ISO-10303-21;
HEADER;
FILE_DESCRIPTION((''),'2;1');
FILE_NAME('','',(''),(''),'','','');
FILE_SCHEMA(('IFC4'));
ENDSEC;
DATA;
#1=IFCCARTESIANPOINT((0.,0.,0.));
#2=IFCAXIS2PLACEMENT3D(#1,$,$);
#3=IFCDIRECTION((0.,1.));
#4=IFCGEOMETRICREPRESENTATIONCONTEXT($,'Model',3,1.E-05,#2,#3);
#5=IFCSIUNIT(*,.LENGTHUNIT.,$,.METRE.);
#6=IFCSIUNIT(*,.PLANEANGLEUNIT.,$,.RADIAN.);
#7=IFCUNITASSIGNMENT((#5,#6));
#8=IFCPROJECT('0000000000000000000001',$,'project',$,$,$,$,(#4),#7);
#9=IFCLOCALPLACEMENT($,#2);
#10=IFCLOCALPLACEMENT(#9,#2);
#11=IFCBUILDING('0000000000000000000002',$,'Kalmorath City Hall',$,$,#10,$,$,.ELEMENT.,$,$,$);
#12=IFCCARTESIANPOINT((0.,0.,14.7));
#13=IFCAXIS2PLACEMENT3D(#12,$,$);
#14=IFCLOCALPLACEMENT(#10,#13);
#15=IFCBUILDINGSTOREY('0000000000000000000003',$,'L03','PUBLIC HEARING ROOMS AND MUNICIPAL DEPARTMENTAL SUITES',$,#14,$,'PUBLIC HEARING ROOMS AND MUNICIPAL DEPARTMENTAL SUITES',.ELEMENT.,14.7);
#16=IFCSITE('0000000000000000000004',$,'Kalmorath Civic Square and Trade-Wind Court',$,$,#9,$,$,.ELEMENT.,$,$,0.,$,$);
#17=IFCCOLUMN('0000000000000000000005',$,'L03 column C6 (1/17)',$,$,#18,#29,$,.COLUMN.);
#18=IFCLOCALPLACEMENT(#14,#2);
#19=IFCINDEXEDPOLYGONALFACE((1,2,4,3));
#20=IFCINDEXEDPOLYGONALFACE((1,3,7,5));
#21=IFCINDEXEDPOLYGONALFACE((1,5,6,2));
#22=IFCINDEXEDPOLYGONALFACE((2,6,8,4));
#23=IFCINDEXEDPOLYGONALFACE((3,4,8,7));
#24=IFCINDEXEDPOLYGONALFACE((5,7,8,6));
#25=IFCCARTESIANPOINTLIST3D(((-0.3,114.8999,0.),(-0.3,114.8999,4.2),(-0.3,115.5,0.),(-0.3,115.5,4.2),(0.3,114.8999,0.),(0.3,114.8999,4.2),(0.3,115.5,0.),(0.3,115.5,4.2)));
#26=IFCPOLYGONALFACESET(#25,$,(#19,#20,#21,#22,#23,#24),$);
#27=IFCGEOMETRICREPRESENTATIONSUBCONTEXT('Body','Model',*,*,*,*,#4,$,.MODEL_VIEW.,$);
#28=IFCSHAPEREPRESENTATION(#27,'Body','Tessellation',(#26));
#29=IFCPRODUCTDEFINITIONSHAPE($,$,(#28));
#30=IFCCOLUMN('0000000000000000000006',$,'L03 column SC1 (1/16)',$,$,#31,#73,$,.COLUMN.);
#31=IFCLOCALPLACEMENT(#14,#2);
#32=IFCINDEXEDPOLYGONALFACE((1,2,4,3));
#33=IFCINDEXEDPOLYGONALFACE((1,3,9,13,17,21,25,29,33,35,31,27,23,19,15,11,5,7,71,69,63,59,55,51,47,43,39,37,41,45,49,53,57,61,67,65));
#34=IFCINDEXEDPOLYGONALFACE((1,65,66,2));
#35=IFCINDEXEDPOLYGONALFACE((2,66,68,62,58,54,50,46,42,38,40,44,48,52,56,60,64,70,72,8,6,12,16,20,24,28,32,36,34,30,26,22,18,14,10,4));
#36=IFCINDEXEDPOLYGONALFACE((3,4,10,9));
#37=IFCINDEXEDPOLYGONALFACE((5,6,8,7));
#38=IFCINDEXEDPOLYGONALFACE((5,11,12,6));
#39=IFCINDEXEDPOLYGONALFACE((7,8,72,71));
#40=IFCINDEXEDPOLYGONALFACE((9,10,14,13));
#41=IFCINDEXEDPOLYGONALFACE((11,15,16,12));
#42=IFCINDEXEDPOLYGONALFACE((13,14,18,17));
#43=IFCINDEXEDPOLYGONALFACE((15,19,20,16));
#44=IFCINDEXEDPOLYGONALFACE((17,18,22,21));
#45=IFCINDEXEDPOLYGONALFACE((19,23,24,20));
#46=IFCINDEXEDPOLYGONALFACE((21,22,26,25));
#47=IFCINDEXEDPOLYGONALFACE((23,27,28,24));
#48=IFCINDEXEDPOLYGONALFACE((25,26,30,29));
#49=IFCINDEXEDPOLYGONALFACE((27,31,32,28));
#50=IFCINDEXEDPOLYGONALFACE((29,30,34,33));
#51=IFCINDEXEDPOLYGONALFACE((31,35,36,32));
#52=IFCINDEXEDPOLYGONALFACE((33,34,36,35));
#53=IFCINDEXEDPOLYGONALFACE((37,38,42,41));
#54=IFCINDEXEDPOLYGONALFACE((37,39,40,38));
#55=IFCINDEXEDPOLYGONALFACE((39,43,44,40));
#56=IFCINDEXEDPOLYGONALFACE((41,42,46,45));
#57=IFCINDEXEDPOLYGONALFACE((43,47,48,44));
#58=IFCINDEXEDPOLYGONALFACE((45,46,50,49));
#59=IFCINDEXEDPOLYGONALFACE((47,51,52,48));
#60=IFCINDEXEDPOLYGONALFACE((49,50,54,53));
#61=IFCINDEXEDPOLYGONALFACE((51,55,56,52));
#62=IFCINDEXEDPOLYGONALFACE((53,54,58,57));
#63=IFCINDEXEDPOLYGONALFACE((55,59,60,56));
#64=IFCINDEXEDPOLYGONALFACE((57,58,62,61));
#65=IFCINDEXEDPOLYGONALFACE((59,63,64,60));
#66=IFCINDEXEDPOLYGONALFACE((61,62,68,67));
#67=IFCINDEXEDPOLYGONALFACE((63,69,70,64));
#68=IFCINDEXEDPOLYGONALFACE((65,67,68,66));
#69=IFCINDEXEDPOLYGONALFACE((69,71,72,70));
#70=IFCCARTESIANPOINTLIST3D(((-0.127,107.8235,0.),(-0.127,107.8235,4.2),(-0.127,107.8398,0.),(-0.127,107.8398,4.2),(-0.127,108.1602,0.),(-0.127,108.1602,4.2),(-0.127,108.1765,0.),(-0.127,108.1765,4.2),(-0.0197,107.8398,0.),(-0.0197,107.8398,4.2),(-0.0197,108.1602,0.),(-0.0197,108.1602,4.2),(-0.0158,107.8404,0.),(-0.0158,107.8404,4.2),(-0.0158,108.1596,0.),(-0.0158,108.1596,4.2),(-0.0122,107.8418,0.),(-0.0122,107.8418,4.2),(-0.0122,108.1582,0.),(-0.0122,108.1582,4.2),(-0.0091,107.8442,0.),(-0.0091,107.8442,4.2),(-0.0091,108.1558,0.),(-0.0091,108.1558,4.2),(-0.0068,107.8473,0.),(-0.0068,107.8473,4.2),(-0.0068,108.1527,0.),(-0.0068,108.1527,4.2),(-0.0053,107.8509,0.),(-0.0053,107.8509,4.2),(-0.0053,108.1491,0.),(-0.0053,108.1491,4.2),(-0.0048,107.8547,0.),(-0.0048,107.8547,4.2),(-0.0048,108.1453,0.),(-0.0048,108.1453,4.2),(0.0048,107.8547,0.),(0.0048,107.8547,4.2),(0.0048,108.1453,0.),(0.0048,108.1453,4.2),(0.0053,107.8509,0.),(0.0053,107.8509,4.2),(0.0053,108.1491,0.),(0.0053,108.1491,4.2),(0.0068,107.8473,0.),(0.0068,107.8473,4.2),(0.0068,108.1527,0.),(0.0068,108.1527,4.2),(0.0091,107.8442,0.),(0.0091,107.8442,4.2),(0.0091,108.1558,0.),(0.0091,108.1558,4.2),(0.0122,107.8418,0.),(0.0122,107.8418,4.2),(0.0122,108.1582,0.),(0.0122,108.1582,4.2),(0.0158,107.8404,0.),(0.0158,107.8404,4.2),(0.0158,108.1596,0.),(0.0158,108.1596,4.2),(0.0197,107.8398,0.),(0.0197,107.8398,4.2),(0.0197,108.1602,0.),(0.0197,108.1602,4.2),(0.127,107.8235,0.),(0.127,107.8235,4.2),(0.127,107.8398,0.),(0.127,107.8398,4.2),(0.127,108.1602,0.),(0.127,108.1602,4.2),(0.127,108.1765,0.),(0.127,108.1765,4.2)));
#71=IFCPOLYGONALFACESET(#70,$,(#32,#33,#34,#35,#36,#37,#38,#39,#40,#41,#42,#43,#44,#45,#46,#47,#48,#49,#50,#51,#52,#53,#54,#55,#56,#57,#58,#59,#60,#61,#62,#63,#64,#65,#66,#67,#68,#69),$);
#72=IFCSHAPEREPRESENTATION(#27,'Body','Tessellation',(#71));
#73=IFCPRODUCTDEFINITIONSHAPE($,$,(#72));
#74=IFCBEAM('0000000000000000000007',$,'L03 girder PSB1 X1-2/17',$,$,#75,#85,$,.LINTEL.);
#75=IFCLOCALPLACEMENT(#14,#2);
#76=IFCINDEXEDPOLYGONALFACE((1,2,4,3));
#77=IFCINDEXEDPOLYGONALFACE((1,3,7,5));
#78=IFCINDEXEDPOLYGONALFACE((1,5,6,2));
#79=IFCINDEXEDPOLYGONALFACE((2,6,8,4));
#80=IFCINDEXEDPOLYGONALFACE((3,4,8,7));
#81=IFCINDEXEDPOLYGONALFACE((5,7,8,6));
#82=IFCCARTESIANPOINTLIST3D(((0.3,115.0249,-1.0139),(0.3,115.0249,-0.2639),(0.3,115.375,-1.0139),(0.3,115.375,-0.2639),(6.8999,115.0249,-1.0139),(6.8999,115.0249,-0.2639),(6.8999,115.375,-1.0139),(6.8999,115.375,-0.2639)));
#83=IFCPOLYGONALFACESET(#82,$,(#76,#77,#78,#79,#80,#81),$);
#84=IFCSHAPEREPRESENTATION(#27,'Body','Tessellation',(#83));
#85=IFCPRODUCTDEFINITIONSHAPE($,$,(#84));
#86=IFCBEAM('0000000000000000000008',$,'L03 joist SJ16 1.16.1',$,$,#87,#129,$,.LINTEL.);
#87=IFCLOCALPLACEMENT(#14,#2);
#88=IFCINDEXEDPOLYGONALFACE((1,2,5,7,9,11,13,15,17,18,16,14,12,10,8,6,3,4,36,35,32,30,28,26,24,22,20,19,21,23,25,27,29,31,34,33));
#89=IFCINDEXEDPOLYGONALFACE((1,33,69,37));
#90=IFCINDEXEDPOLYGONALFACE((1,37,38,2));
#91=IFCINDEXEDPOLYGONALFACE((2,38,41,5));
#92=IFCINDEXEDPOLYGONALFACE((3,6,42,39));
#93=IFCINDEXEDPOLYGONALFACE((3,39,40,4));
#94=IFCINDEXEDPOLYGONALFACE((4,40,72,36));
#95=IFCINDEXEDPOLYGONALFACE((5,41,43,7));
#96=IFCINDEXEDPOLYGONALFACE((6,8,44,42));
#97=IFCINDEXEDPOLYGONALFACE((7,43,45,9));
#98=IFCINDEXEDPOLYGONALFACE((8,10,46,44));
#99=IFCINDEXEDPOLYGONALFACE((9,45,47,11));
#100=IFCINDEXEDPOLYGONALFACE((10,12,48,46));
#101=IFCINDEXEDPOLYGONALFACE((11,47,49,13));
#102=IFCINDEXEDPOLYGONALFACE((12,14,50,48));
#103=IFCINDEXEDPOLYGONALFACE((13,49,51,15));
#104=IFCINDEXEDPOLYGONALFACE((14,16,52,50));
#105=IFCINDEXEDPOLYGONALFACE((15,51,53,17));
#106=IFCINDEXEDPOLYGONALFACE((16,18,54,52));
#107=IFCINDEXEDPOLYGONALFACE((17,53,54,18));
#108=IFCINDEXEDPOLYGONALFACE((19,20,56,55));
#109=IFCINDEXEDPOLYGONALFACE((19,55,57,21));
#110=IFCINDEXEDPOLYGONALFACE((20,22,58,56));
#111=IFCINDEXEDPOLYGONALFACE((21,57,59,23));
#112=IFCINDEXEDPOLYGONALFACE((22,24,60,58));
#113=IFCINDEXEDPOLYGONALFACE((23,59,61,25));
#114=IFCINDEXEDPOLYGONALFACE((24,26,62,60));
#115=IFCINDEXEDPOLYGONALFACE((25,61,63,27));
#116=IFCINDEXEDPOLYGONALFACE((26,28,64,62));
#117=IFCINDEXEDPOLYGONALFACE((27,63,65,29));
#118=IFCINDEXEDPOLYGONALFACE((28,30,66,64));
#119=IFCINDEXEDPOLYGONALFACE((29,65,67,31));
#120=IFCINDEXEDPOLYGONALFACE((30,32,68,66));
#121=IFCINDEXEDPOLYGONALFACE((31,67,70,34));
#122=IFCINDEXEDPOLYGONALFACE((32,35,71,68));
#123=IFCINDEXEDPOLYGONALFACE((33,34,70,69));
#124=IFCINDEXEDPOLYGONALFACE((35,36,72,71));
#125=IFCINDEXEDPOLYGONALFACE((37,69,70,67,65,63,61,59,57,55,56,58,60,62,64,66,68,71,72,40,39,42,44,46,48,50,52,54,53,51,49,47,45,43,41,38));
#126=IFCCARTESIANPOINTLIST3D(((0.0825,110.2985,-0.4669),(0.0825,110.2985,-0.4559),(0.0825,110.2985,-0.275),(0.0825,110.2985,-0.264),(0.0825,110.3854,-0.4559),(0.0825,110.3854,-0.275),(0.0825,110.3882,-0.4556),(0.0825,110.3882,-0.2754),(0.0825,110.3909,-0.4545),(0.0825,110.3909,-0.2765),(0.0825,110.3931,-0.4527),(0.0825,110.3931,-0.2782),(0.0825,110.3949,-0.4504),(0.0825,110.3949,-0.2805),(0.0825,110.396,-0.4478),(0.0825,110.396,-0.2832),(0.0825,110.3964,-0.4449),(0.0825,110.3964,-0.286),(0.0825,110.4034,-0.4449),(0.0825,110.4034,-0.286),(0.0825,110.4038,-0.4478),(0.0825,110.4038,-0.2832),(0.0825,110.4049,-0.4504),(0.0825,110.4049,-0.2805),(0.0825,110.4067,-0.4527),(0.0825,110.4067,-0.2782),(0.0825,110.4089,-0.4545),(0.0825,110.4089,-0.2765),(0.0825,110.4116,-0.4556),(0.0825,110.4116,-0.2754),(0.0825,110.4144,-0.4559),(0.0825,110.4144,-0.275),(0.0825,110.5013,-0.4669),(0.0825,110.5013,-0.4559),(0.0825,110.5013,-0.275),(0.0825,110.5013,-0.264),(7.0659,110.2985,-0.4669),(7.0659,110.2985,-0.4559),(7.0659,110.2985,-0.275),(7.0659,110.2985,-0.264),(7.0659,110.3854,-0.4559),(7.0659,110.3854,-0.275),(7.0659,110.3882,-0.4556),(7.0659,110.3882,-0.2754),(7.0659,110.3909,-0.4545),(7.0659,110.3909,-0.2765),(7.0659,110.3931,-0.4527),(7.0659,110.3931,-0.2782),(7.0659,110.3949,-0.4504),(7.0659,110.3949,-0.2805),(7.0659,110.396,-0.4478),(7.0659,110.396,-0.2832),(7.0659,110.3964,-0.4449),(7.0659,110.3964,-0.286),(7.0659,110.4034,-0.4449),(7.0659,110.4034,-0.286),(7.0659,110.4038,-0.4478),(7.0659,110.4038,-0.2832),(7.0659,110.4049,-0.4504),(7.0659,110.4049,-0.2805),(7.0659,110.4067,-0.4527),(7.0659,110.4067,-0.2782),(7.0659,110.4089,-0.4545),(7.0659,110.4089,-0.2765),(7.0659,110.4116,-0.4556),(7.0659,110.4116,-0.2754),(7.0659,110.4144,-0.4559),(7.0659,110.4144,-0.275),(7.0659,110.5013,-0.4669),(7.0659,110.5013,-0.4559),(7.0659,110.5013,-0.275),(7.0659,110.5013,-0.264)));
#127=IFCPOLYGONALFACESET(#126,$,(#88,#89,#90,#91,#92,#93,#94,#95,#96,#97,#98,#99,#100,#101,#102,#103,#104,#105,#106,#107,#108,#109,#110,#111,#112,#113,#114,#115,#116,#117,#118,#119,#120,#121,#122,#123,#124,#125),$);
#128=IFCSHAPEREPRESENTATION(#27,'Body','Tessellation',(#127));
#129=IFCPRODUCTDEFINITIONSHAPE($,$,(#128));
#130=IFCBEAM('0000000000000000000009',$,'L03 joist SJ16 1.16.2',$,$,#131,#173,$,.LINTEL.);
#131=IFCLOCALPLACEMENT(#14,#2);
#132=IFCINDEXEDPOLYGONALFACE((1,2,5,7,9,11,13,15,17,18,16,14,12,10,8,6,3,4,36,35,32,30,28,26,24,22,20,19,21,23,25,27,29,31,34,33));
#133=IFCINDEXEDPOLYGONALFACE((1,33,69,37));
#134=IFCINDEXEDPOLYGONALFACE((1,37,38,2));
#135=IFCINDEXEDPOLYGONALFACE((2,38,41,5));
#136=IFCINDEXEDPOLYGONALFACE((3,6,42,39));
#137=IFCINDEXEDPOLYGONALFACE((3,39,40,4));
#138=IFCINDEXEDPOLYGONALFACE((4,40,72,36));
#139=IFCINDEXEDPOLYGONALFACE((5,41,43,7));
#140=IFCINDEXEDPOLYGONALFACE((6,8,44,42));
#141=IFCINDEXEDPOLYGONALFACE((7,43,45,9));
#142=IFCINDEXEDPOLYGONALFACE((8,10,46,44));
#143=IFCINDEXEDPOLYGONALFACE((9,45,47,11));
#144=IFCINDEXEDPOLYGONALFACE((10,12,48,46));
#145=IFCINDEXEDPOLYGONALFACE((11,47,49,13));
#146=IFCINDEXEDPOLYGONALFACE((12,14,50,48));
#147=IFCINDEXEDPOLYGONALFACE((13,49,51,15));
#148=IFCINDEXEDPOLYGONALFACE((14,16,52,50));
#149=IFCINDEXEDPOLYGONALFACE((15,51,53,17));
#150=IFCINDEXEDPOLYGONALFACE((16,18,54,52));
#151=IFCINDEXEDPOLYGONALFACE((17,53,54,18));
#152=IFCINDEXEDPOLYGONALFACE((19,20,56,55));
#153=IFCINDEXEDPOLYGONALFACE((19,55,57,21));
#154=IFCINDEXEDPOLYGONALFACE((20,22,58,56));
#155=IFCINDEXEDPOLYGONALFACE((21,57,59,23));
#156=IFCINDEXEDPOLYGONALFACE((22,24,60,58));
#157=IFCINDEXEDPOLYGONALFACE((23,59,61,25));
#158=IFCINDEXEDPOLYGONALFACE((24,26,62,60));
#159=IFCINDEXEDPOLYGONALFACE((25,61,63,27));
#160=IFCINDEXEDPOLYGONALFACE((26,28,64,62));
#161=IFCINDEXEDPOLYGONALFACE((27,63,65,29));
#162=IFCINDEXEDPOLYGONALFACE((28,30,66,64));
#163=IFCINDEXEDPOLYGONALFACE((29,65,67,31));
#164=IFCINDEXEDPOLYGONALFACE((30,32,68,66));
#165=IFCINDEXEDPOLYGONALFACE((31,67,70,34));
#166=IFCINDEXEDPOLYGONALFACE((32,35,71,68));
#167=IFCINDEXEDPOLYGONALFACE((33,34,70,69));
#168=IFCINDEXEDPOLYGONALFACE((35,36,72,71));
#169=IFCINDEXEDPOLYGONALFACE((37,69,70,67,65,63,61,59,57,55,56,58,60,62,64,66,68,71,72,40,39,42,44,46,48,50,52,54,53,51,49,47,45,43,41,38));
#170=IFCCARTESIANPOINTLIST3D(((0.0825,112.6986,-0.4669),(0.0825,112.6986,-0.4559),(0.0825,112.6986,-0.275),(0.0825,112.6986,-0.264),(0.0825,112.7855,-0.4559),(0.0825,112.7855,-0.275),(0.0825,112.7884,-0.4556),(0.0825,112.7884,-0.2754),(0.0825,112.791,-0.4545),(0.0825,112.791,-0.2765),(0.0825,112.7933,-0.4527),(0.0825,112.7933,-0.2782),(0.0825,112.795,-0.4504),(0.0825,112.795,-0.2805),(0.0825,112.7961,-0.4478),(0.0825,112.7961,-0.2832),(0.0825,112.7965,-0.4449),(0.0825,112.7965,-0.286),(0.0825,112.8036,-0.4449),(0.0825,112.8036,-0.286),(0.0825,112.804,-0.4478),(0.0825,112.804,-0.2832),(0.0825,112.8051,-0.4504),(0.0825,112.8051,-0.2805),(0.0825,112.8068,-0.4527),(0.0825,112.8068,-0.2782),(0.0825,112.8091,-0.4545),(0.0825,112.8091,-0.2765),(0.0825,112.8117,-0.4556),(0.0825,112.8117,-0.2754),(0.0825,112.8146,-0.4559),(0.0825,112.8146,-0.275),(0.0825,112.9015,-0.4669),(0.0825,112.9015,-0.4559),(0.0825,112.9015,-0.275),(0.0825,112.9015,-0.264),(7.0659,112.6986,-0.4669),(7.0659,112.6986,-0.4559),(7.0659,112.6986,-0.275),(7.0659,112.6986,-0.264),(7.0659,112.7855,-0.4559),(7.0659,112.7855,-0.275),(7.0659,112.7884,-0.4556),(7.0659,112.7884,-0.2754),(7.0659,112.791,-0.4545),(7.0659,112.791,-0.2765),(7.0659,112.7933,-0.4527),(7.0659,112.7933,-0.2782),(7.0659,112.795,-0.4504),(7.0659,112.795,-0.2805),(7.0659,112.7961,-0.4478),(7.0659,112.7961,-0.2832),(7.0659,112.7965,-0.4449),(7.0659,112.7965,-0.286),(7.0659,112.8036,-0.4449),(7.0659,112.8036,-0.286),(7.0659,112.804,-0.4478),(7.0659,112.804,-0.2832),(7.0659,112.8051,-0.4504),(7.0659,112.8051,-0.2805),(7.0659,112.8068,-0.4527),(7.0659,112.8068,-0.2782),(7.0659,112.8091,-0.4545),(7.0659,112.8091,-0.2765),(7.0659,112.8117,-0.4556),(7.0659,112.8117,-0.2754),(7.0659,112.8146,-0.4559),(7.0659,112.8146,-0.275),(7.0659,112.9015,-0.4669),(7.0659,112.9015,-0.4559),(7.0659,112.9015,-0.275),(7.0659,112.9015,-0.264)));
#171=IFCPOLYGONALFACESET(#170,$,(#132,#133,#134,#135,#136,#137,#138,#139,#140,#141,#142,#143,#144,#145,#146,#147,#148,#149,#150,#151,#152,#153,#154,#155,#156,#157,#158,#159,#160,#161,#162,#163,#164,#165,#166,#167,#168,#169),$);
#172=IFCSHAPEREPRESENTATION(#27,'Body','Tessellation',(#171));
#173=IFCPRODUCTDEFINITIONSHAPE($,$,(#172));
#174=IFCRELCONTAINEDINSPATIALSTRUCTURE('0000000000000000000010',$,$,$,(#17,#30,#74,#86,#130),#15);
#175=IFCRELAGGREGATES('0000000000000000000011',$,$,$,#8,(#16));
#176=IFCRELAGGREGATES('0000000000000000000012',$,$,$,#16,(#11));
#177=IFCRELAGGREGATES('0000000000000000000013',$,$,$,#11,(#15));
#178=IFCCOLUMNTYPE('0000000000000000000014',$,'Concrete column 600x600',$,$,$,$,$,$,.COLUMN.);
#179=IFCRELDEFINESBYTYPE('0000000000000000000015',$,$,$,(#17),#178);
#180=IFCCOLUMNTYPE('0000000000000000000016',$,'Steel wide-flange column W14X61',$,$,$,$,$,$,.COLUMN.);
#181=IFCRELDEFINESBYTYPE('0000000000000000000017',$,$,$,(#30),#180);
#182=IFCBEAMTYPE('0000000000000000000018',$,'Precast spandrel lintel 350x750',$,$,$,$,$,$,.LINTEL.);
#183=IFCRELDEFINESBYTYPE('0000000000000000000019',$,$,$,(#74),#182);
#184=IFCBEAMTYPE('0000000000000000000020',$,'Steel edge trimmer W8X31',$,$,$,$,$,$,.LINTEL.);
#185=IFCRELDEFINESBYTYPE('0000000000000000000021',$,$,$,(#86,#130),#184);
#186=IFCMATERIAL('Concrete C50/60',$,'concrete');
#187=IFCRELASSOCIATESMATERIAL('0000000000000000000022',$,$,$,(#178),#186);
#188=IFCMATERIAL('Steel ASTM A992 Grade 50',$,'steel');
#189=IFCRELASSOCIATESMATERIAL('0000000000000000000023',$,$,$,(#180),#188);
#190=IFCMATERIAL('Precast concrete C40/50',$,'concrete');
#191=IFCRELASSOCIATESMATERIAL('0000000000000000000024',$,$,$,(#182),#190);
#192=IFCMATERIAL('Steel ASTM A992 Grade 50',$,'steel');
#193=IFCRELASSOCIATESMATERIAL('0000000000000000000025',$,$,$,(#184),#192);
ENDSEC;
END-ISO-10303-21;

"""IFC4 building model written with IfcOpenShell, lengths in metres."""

from ifc_helpers import new_model, si_unit, direction, frame, origin, origin_2d, place, context, subcontext, project, spatial, rectangle, i_section, extrude, material, material_profile, profile_set, type_object, element, save


model = new_model("IFC4")

# Units and contexts
model_context = context("Model", 3, precision=1e-05, world=origin(), true_north=direction((0.0, 1.0)))
body_context = subcontext(model_context, "Body", "Model", "MODEL_VIEW")
ifc_project = project(units=[si_unit("LENGTHUNIT", "METRE"), si_unit("PLANEANGLEUNIT", "RADIAN")], contexts=[model_context])

# Site, building, storey
site_placement = place(None, origin())
site = spatial("IfcSite", under=ifc_project, at=site_placement, Name="Kalmorath Civic Square and Trade-Wind Court", CompositionType="ELEMENT", RefElevation=0.0)
building_placement = place(site_placement, origin())
building = spatial("IfcBuilding", under=site, at=building_placement, Name="Kalmorath City Hall", CompositionType="ELEMENT")
storey_placement = place(building_placement, frame((0.0, 0.0, 14.7)))
storey = spatial("IfcBuildingStorey", under=building, at=storey_placement, Name="L03", Description="PUBLIC HEARING ROOMS AND MUNICIPAL DEPARTMENTAL SUITES", LongName="PUBLIC HEARING ROOMS AND MUNICIPAL DEPARTMENTAL SUITES", CompositionType="ELEMENT", Elevation=14.7)

# Columns
ifc_material_1 = material(Name="Concrete C50/60", Category="concrete")
ifc_material_profile_1 = material_profile(ifc_material_1, rectangle(XDim=0.6001, YDim=0.6001, at=origin_2d()), Name="RC-COL-600X600")
ifc_profile_set_1 = profile_set([ifc_material_profile_1], Name="Concrete C50/60")
column_type_1 = type_object("IfcColumnType", Name="Concrete column 600x600", PredefinedType="COLUMN", material=ifc_profile_set_1)
column_1_placement = place(storey_placement, frame((0.0, 115.2, 0.0), z_axis=(0.0, 0.0, 1.0), x_axis=(1.0, 0.0, 0.0)))
element("IfcColumn", 1, at=column_1_placement, inside=storey, type_object=column_type_1, Name="L03 column C6 (1/17)", PredefinedType="COLUMN", context=body_context, shape_type="SweptSolid", body=[
    extrude(rectangle(XDim=0.6001, YDim=0.6001, at=origin_2d()), origin(), (0.0, 0.0, 1.0), 4.2),
])
ifc_material_2 = material(Name="Steel ASTM A992 Grade 50", Category="steel")
ifc_material_profile_2 = material_profile(ifc_material_2, i_section(OverallWidth=0.2539, OverallDepth=0.353, WebThickness=0.0095, FlangeThickness=0.0164, FilletRadius=0.0149, at=origin_2d()), Name="W14X61")
ifc_profile_set_2 = profile_set([ifc_material_profile_2], Name="Steel ASTM A992 Grade 50")
column_type_2 = type_object("IfcColumnType", Name="Steel wide-flange column W14X61", PredefinedType="COLUMN", material=ifc_profile_set_2)
column_2_placement = place(storey_placement, frame((0.0, 108.0, 0.0), z_axis=(0.0, 0.0, 1.0), x_axis=(1.0, 0.0, 0.0)))
element("IfcColumn", 2, at=column_2_placement, inside=storey, type_object=column_type_2, Name="L03 column SC1 (1/16)", PredefinedType="COLUMN", context=body_context, shape_type="SweptSolid", body=[
    extrude(i_section(OverallWidth=0.2539, OverallDepth=0.353, WebThickness=0.0095, FlangeThickness=0.0164, FilletRadius=0.0149, at=origin_2d()), origin(), (0.0, 0.0, 1.0), 4.2),
])

# Beams
ifc_material_3 = material(Name="Precast concrete C40/50", Category="concrete")
ifc_material_profile_3 = material_profile(ifc_material_3, rectangle(XDim=0.3501, YDim=0.75, at=origin_2d()), Name="PC-SP-350X750")
ifc_profile_set_3 = profile_set([ifc_material_profile_3], Name="Precast concrete C40/50")
beam_type_1 = type_object("IfcBeamType", Name="Precast spandrel lintel 350x750", PredefinedType="LINTEL", material=ifc_profile_set_3)
beam_1_placement = place(storey_placement, frame((0.3, 115.2, -0.6389), z_axis=(1.0, 0.0, 0.0), x_axis=(0.0, 1.0, 0.0)))
element("IfcBeam", 3, at=beam_1_placement, inside=storey, type_object=beam_type_1, Name="L03 girder PSB1 X1-2/17", PredefinedType="LINTEL", context=body_context, shape_type="SweptSolid", body=[
    extrude(rectangle(XDim=0.3501, YDim=0.75, at=origin_2d()), origin(), (0.0, 0.0, 1.0), 6.5999),
])
ifc_material_4 = material(Name="Steel ASTM A992 Grade 50", Category="steel")
ifc_material_profile_4 = material_profile(ifc_material_4, i_section(OverallWidth=0.2029, OverallDepth=0.2029, WebThickness=0.0071, FlangeThickness=0.011, FilletRadius=0.011, at=origin_2d()), Name="W8X31")
ifc_profile_set_4 = profile_set([ifc_material_profile_4], Name="Steel ASTM A992 Grade 50")
beam_type_2 = type_object("IfcBeamType", Name="Steel edge trimmer W8X31", PredefinedType="LINTEL", material=ifc_profile_set_4)
for number, where, z_axis, x_axis, name in (
    (4, (0.0825, 110.3999, -0.3655), (1.0, 0.0, 0.0), (0.0, 1.0, 0.0), "L03 joist SJ16 1.16.1"),
    (5, (0.0825, 112.8, -0.3655), (1.0, 0.0, 0.0), (0.0, 1.0, 0.0), "L03 joist SJ16 1.16.2"),
):
    element("IfcBeam", number, at=place(storey_placement, frame(where, z_axis=z_axis, x_axis=x_axis)), inside=storey, type_object=beam_type_2, Name=name, PredefinedType="LINTEL", context=body_context, shape_type="SweptSolid", body=[
        extrude(i_section(OverallWidth=0.2029, OverallDepth=0.2029, WebThickness=0.0071, FlangeThickness=0.011, FilletRadius=0.011, at=origin_2d()), origin(), (0.0, 0.0, 1.0), 6.9834),
    ])

save(model, "model.ifc")
